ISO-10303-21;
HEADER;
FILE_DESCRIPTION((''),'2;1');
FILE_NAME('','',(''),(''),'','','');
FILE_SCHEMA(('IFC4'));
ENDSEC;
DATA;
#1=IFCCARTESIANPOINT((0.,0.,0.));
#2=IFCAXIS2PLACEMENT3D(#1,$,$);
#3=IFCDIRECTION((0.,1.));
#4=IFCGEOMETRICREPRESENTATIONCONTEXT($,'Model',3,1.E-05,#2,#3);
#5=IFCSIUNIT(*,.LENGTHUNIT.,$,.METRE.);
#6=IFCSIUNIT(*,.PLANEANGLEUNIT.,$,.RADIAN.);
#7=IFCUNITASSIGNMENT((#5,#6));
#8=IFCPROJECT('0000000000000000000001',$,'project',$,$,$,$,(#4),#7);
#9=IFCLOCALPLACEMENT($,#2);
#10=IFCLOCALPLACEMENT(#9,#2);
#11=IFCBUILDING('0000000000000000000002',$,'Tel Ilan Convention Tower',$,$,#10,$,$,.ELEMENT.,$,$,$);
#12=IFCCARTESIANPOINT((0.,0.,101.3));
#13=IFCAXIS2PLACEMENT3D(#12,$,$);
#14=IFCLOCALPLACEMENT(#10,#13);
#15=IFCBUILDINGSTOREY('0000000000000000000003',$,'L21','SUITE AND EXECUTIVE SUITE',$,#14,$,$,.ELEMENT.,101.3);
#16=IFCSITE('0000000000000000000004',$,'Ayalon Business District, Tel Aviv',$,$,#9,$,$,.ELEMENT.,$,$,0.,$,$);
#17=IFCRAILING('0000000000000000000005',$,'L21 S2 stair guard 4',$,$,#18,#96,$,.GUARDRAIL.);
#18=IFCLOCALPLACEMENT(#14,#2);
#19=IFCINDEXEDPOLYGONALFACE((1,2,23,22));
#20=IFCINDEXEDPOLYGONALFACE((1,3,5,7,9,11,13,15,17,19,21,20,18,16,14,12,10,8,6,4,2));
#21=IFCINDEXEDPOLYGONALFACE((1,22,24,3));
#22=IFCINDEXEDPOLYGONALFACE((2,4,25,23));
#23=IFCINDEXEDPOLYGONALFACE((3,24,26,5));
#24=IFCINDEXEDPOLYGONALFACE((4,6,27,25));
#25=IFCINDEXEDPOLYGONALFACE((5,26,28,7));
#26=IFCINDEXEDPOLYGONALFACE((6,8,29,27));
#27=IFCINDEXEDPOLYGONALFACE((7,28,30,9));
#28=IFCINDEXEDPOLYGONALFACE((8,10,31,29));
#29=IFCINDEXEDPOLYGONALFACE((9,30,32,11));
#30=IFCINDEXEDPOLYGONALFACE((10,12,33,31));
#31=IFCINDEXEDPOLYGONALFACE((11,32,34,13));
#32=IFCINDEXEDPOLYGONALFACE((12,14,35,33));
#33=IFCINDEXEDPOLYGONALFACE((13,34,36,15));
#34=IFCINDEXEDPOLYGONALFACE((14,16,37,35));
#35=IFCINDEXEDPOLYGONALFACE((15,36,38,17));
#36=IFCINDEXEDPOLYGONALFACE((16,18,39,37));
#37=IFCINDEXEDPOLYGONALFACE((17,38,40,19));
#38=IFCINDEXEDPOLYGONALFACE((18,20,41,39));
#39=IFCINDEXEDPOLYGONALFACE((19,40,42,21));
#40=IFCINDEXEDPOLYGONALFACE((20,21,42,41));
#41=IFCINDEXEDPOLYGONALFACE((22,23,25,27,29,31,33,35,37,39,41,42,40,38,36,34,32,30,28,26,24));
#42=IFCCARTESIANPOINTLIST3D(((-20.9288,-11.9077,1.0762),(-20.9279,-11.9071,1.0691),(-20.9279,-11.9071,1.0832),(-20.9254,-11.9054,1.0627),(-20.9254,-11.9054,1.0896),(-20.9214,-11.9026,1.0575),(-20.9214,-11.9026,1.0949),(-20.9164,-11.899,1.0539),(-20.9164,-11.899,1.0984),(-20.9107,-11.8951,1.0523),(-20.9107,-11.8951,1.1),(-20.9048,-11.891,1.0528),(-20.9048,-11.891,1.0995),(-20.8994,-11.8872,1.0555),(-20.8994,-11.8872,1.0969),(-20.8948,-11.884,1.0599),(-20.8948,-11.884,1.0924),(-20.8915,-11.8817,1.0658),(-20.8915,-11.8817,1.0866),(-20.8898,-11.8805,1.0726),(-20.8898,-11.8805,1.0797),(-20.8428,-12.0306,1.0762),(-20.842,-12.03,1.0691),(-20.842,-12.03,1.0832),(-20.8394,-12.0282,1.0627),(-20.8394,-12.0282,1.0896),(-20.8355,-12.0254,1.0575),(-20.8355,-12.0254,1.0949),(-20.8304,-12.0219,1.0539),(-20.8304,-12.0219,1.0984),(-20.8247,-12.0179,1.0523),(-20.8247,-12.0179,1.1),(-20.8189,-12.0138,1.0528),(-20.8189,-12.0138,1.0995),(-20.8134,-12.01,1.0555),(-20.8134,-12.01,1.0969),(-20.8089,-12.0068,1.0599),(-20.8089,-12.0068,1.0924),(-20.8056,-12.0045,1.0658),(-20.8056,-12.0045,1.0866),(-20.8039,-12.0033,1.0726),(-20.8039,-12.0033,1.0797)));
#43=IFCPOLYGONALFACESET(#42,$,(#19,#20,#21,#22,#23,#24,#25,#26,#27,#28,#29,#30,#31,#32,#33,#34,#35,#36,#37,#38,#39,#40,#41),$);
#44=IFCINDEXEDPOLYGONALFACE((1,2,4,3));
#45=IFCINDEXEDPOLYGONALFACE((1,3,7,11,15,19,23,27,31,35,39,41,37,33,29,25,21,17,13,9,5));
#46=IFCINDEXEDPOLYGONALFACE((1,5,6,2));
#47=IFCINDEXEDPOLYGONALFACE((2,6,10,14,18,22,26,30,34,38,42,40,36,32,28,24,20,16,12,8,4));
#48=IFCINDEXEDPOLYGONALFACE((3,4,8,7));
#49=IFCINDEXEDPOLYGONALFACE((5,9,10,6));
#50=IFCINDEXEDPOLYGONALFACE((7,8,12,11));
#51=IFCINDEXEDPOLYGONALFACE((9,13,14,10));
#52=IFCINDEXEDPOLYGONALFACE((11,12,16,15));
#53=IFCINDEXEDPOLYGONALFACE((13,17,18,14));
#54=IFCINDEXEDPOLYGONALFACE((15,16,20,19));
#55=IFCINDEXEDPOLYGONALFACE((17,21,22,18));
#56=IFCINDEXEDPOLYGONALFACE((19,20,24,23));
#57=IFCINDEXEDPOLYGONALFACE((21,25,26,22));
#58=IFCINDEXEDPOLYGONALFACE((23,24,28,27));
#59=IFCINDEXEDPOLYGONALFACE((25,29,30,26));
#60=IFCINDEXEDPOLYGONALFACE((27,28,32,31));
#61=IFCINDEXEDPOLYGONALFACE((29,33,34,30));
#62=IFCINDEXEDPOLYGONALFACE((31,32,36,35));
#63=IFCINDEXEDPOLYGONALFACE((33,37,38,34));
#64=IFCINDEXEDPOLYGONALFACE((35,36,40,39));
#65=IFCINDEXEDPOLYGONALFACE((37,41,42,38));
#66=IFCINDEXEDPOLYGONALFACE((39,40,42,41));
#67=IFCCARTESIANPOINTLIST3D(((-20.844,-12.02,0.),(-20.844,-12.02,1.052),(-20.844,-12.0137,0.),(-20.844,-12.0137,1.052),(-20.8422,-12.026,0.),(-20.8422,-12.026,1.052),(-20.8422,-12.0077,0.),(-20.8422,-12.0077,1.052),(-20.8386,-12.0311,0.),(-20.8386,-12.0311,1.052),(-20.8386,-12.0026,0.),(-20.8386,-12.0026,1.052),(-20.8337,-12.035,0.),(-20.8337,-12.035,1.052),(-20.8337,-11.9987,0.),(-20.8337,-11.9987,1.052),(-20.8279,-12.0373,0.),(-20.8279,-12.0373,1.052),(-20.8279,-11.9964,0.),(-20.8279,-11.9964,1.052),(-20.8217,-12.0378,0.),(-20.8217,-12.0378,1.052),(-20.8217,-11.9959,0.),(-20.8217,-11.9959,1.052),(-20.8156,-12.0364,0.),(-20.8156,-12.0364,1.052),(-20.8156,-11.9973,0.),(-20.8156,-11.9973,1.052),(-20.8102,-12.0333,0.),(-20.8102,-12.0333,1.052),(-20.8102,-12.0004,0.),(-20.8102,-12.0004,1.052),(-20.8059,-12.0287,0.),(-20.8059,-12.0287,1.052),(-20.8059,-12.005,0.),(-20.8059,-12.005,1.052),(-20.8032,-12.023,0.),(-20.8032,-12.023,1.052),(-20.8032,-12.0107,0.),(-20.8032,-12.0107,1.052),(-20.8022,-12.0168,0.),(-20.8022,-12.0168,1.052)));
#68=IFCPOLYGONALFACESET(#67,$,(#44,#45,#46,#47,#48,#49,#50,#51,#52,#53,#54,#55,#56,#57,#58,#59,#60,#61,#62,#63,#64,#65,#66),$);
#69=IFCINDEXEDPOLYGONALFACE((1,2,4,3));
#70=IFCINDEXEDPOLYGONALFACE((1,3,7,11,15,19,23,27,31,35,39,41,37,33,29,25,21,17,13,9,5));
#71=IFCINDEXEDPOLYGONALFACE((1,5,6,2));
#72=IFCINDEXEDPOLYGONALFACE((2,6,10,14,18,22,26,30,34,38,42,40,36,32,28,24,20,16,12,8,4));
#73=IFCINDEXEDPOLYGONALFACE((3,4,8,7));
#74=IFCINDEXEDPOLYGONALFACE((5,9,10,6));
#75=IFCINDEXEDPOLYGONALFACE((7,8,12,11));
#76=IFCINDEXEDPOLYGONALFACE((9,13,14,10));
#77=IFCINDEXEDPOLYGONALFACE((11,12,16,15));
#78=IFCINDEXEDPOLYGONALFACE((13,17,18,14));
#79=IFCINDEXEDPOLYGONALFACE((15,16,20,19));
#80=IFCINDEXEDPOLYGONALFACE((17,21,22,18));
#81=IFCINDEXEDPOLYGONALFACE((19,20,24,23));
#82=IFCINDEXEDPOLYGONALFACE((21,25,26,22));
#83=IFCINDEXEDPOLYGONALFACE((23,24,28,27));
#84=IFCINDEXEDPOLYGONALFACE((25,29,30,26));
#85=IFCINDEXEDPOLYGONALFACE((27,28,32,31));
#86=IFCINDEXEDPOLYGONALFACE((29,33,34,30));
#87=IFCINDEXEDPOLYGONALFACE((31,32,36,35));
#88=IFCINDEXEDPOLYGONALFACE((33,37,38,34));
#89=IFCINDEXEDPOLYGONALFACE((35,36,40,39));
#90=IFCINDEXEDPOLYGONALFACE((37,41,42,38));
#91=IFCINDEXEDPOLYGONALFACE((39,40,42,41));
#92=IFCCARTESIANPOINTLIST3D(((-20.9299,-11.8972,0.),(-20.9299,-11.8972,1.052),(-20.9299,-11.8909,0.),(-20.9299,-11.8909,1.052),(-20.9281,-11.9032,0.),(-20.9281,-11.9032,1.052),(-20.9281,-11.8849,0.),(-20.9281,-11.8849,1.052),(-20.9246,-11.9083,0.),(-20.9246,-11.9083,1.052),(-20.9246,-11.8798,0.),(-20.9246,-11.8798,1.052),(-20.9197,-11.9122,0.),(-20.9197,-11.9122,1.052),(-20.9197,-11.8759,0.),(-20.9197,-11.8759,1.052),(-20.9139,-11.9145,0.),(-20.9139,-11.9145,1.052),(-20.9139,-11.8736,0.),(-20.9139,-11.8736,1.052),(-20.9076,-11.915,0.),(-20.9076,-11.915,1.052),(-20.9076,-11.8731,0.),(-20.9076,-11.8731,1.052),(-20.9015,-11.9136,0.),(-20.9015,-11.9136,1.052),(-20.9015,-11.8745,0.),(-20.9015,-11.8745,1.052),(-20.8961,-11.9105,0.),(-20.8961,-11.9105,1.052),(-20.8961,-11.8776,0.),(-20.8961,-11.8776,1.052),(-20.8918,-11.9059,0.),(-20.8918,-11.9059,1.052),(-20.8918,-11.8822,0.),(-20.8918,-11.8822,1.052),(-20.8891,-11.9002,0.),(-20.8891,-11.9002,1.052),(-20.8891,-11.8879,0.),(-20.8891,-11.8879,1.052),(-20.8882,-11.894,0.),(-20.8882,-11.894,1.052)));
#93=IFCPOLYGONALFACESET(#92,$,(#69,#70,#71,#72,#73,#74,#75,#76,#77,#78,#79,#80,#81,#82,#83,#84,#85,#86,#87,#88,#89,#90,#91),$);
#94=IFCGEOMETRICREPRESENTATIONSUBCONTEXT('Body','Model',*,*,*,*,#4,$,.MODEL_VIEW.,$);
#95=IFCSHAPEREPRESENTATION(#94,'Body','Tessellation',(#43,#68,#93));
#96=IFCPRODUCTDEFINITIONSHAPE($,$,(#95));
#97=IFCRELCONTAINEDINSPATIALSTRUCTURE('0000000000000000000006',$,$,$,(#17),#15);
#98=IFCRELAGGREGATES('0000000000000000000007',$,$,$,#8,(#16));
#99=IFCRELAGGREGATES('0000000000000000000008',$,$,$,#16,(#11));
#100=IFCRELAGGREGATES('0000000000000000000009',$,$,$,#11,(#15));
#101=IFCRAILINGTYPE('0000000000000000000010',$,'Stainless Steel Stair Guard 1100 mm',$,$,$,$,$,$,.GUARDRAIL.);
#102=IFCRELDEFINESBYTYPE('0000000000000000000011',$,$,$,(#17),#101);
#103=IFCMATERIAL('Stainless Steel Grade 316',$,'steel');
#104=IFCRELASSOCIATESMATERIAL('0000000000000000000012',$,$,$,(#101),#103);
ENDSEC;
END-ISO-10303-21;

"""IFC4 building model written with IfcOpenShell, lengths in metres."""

from ifc_helpers import new_model, si_unit, direction, frame, origin, origin_2d, place, context, subcontext, project, spatial, circle, extrude, material, type_object, element, save


model = new_model("IFC4")

# Units and contexts
model_context = context("Model", 3, precision=1e-05, world=origin(), true_north=direction((0.0, 1.0)))
body_context = subcontext(model_context, "Body", "Model", "MODEL_VIEW")
ifc_project = project(units=[si_unit("LENGTHUNIT", "METRE"), si_unit("PLANEANGLEUNIT", "RADIAN")], contexts=[model_context])

# Site, building, storey
site_placement = place(None, origin())
site = spatial("IfcSite", under=ifc_project, at=site_placement, Name="Ayalon Business District, Tel Aviv", CompositionType="ELEMENT", RefElevation=0.0)
building_placement = place(site_placement, origin())
building = spatial("IfcBuilding", under=site, at=building_placement, Name="Tel Ilan Convention Tower", CompositionType="ELEMENT")
storey_placement = place(building_placement, frame((0.0, 0.0, 101.3)))
storey = spatial("IfcBuildingStorey", under=building, at=storey_placement, Name="L21", Description="SUITE AND EXECUTIVE SUITE", CompositionType="ELEMENT", Elevation=101.3)

# Railing
ifc_material_1 = material(Name="Stainless Steel Grade 316", Category="steel")
railing_type_1 = type_object("IfcRailingType", Name="Stainless Steel Stair Guard 1100 mm", PredefinedType="GUARDRAIL", material=ifc_material_1)
railing_1_placement = place(storey_placement, frame((-20.8232, -12.0168, 0.0)))
element("IfcRailing", 1, at=railing_1_placement, inside=storey, type_object=railing_type_1, Name="L21 S2 stair guard 4", PredefinedType="GUARDRAIL", context=body_context, shape_type="SweptSolid", body=[
    extrude(circle(Radius=0.0239, at=origin_2d()), frame((0.0, 0.0, 1.0762), z_axis=(-0.573353, 0.819308, 0.0), x_axis=(-0.819308, -0.573353, 0.0)), (0.0, 0.0, 1.0), 0.1499),
    extrude(circle(Radius=0.021, at=origin_2d()), origin(), (0.0, 0.0, 1.0), 1.052),
    extrude(circle(Radius=0.021, at=origin_2d()), frame((-0.0859, 0.1228, 0.0)), (0.0, 0.0, 1.0), 1.052),
])

save(model, "model.ifc")
